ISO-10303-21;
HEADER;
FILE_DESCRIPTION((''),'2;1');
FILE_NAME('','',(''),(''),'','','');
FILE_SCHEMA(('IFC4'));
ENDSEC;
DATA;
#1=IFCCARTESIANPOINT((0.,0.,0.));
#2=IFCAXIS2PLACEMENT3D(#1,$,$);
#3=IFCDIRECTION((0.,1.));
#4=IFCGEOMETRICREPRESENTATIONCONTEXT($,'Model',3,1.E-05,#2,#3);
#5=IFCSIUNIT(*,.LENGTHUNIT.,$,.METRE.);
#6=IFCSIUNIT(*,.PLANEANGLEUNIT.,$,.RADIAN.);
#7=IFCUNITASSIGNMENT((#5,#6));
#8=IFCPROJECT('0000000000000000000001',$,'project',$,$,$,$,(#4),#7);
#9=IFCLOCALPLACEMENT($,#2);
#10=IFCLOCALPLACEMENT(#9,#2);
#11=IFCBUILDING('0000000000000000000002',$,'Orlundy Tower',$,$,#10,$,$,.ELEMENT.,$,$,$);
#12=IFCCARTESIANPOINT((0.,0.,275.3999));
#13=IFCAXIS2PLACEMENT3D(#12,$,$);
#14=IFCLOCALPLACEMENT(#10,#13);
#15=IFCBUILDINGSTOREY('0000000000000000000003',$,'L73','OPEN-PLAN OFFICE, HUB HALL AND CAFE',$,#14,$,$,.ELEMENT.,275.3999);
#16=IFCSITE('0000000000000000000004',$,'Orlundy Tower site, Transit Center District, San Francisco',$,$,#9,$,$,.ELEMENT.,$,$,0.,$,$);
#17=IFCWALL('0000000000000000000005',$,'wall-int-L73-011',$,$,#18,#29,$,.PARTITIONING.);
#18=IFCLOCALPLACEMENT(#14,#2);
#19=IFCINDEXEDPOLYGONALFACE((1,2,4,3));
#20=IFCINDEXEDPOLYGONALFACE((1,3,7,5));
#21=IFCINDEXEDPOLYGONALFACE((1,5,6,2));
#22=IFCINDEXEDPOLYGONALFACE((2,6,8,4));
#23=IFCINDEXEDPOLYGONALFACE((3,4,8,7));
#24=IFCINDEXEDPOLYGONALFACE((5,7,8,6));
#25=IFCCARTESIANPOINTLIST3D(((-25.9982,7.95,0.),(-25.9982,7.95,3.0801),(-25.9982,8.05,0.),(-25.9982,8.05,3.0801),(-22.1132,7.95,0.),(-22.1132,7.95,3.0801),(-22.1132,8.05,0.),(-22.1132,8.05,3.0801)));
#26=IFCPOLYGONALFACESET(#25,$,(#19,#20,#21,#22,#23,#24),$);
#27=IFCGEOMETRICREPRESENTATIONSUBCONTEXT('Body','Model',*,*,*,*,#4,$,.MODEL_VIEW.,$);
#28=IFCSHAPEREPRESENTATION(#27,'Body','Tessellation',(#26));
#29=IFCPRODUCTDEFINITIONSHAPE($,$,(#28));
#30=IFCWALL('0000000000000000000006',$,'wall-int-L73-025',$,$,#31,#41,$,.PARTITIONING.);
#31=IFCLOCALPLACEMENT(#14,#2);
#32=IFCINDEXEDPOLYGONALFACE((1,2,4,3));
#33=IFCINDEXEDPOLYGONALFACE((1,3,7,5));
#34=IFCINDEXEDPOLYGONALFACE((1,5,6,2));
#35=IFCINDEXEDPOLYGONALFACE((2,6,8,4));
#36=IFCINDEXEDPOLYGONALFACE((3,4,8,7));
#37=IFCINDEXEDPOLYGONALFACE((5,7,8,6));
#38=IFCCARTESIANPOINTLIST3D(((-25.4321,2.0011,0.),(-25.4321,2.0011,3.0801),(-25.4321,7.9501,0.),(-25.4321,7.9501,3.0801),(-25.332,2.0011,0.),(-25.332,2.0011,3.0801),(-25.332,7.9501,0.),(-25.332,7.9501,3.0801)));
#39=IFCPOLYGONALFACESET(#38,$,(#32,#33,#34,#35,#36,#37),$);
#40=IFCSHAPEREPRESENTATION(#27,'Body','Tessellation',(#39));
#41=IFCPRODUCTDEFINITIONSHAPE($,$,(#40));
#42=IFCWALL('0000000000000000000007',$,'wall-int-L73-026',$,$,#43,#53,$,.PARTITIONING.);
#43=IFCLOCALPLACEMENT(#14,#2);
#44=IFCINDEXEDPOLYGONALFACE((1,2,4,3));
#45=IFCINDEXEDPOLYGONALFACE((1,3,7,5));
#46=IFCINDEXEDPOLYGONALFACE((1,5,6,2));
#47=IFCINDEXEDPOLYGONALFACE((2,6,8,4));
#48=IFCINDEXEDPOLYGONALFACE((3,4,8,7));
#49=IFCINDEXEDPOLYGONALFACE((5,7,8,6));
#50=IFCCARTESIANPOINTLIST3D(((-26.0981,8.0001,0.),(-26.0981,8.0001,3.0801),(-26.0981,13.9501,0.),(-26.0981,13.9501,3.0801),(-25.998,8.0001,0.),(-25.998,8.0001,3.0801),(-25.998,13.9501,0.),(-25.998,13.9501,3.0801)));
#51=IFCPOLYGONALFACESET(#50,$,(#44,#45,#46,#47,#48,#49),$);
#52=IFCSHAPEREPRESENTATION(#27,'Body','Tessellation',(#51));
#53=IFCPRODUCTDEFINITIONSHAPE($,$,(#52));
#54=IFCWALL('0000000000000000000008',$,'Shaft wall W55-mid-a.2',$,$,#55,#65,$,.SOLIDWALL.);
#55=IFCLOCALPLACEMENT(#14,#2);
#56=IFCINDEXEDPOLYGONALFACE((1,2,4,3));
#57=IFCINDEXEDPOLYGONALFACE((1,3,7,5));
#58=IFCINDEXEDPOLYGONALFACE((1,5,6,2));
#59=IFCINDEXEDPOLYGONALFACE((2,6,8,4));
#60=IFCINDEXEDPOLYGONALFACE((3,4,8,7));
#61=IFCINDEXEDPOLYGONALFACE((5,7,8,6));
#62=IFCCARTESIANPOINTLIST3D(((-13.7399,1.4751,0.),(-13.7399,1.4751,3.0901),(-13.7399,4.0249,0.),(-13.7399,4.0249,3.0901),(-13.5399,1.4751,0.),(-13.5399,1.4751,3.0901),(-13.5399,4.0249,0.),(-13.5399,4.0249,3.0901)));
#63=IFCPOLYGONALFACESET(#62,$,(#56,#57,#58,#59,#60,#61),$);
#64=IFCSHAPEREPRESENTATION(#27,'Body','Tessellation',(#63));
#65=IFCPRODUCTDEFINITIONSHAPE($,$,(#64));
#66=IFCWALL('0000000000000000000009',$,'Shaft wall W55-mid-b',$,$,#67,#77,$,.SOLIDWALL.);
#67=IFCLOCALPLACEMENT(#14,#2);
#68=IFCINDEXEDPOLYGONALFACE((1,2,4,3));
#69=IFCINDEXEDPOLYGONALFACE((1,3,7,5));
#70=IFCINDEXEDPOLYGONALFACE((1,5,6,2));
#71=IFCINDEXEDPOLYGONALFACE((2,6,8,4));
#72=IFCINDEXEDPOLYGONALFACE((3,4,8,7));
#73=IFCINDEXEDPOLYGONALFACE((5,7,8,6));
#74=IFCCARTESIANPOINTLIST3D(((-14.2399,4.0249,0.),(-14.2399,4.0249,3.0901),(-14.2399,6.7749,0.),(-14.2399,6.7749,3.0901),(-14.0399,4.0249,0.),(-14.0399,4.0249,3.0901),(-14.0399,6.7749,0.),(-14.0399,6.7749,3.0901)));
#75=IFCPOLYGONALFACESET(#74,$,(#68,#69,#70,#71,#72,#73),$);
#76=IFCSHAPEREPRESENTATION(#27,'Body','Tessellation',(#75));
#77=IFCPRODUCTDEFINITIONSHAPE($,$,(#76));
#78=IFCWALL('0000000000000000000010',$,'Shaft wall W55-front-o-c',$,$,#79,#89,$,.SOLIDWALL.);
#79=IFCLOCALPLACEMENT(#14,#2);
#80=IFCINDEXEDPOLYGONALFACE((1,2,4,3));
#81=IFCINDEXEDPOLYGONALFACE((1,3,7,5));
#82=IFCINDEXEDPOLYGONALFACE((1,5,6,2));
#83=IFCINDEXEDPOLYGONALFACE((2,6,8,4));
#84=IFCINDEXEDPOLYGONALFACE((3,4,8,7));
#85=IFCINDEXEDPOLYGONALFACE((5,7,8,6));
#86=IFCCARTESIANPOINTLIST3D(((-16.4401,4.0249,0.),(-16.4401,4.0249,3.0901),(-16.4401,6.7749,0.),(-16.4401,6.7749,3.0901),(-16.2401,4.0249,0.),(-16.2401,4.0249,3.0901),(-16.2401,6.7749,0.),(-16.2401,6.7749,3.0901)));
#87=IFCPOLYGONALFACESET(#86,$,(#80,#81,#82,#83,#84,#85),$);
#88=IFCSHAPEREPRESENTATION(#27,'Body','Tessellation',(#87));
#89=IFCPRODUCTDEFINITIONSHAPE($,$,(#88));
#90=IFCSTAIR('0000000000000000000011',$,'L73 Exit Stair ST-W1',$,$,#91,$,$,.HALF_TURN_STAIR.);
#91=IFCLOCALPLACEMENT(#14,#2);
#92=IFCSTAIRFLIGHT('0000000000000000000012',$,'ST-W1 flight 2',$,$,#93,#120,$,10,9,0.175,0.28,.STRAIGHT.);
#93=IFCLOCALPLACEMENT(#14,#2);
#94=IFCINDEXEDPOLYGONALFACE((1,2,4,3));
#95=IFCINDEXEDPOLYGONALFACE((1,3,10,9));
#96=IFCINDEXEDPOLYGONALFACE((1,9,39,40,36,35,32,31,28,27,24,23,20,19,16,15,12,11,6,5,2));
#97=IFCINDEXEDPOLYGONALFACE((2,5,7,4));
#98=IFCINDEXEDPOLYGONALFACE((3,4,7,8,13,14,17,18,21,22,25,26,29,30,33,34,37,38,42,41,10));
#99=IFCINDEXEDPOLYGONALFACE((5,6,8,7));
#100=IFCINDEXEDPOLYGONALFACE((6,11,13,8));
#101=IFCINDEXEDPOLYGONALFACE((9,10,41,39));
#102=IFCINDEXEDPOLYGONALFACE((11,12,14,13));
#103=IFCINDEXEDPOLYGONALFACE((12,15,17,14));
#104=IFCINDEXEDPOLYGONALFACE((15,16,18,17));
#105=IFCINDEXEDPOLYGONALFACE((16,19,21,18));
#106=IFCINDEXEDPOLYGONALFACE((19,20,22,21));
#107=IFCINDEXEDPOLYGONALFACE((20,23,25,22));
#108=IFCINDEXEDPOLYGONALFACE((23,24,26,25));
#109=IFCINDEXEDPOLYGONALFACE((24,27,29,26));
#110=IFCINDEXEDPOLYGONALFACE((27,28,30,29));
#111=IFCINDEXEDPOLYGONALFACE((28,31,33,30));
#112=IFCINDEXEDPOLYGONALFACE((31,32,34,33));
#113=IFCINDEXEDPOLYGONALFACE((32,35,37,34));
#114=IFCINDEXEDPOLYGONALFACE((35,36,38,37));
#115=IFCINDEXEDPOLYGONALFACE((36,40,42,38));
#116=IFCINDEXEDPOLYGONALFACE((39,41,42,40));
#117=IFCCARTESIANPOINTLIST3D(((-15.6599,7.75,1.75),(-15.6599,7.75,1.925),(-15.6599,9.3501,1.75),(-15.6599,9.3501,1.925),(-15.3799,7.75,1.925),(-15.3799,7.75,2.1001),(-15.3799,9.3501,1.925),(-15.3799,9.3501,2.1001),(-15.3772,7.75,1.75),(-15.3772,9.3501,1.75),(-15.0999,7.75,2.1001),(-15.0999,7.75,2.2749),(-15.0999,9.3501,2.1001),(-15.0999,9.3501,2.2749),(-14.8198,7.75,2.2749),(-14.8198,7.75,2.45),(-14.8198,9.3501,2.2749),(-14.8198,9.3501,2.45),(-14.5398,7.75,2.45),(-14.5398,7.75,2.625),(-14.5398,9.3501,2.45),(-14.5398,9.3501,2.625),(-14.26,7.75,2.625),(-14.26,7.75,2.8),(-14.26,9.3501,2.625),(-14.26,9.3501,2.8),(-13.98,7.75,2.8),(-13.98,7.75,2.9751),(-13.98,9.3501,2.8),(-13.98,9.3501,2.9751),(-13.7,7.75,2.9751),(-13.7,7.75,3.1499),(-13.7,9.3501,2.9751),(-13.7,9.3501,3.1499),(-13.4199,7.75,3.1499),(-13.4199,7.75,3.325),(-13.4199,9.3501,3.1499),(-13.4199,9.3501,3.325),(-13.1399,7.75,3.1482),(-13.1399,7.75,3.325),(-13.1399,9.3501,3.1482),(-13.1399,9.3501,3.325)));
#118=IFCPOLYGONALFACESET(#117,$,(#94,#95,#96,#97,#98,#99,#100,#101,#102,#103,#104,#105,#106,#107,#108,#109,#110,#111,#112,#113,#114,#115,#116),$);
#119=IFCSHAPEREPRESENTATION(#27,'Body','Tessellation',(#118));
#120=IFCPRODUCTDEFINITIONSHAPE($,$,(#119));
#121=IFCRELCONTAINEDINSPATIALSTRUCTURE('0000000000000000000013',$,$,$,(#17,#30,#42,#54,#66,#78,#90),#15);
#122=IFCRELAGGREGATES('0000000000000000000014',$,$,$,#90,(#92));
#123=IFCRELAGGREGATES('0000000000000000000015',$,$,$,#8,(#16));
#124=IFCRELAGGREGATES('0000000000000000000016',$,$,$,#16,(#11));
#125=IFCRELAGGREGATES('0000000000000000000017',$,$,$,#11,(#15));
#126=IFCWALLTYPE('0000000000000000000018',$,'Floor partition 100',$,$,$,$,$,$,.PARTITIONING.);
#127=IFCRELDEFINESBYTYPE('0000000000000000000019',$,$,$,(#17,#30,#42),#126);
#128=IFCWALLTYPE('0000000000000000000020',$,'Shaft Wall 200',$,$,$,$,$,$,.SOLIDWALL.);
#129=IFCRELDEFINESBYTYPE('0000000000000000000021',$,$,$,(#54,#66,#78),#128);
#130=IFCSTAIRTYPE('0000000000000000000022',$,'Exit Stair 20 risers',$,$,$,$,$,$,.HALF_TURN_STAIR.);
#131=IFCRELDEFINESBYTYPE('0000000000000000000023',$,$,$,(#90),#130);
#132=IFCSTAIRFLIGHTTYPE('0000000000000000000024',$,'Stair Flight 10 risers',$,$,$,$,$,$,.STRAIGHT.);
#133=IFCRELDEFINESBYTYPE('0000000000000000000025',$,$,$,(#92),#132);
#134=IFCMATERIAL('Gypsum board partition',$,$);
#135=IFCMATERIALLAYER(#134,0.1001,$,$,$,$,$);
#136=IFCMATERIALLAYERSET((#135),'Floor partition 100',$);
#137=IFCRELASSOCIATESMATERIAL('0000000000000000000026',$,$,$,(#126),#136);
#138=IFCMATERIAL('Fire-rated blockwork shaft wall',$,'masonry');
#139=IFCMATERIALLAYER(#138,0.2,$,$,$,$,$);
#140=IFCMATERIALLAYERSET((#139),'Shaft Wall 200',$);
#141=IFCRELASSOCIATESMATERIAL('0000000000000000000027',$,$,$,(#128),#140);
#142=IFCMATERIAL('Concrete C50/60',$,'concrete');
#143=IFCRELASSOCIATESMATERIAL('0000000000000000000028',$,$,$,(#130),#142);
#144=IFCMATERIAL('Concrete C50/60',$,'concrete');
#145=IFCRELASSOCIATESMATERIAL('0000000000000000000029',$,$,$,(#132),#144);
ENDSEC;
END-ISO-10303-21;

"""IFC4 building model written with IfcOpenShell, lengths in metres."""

from ifc_helpers import new_model, si_unit, direction, frame, frame_2d, origin, place, context, subcontext, project, spatial, polyline, rectangle, outline, extrude, material, layer, layer_set, type_object, element, aggregate, save


model = new_model("IFC4")

# Units and contexts
model_context = context("Model", 3, precision=1e-05, world=origin(), true_north=direction((0.0, 1.0)))
body_context = subcontext(model_context, "Body", "Model", "MODEL_VIEW")
ifc_project = project(units=[si_unit("LENGTHUNIT", "METRE"), si_unit("PLANEANGLEUNIT", "RADIAN")], contexts=[model_context])

# Site, building, storey
site_placement = place(None, origin())
site = spatial("IfcSite", under=ifc_project, at=site_placement, Name="Orlundy Tower site, Transit Center District, San Francisco", CompositionType="ELEMENT", RefElevation=0.0)
building_placement = place(site_placement, origin())
building = spatial("IfcBuilding", under=site, at=building_placement, Name="Orlundy Tower", CompositionType="ELEMENT")
storey_placement = place(building_placement, frame((0.0, 0.0, 275.3999)))
storey = spatial("IfcBuildingStorey", under=building, at=storey_placement, Name="L73", Description="OPEN-PLAN OFFICE, HUB HALL AND CAFE", CompositionType="ELEMENT", Elevation=275.3999)

# Walls
ifc_material_1 = material(Name="Gypsum board partition")
ifc_layer_1 = layer(ifc_material_1, 0.1001)
ifc_layer_set_1 = layer_set([ifc_layer_1], Name="Floor partition 100")
wall_type_1 = type_object("IfcWallType", Name="Floor partition 100", PredefinedType="PARTITIONING", material=ifc_layer_set_1)
wall_1_placement = place(storey_placement, frame((-25.998, 8.0, 0.0), z_axis=(0.0, 0.0, 1.0), x_axis=(1.0, 0.0, 0.0)))
element("IfcWall", 1, at=wall_1_placement, inside=storey, type_object=wall_type_1, Name="wall-int-L73-011", PredefinedType="PARTITIONING", context=body_context, shape_type="SweptSolid", body=[
    extrude(rectangle(XDim=3.885, YDim=0.1001, at=frame_2d((1.9424, 0.0))), origin(), (0.0, 0.0, 1.0), 3.0801),
])
wall_2_placement = place(storey_placement, frame((-25.3821, 2.001, 0.0), z_axis=(0.0, 0.0, 1.0), x_axis=(0.0, 1.0, 0.0)))
element("IfcWall", 2, at=wall_2_placement, inside=storey, type_object=wall_type_1, Name="wall-int-L73-025", PredefinedType="PARTITIONING", context=body_context, shape_type="SweptSolid", body=[
    extrude(rectangle(XDim=5.949, YDim=0.1001, at=frame_2d((2.9746, 0.0))), origin(), (0.0, 0.0, 1.0), 3.0801),
])
wall_3_placement = place(storey_placement, frame((-26.0481, 8.0, 0.0), z_axis=(0.0, 0.0, 1.0), x_axis=(0.0, 1.0, 0.0)))
element("IfcWall", 3, at=wall_3_placement, inside=storey, type_object=wall_type_1, Name="wall-int-L73-026", PredefinedType="PARTITIONING", context=body_context, shape_type="SweptSolid", body=[
    extrude(rectangle(XDim=5.95, YDim=0.1001, at=frame_2d((2.9751, 0.0))), origin(), (0.0, 0.0, 1.0), 3.0801),
])
ifc_material_2 = material(Name="Fire-rated blockwork shaft wall", Category="masonry")
ifc_layer_2 = layer(ifc_material_2, 0.2)
ifc_layer_set_2 = layer_set([ifc_layer_2], Name="Shaft Wall 200")
wall_type_2 = type_object("IfcWallType", Name="Shaft Wall 200", PredefinedType="SOLIDWALL", material=ifc_layer_set_2)
wall_4_placement = place(storey_placement, frame((-13.6399, 1.4751, 0.0), z_axis=(0.0, 0.0, 1.0), x_axis=(0.0, 1.0, 0.0)))
element("IfcWall", 4, at=wall_4_placement, inside=storey, type_object=wall_type_2, Name="Shaft wall W55-mid-a.2", PredefinedType="SOLIDWALL", context=body_context, shape_type="SweptSolid", body=[
    extrude(rectangle(XDim=2.5498, YDim=0.2, at=frame_2d((1.2749, 0.0))), origin(), (0.0, 0.0, 1.0), 3.0901),
])
for number, where, z_axis, x_axis, name in (
    (5, (-14.1399, 4.0249, 0.0), (0.0, 0.0, 1.0), (0.0, 1.0, 0.0), "Shaft wall W55-mid-b"),
    (6, (-16.3401, 4.0249, 0.0), (0.0, 0.0, 1.0), (0.0, 1.0, 0.0), "Shaft wall W55-front-o-c"),
):
    element("IfcWall", number, at=place(storey_placement, frame(where, z_axis=z_axis, x_axis=x_axis)), inside=storey, type_object=wall_type_2, Name=name, PredefinedType="SOLIDWALL", context=body_context, shape_type="SweptSolid", body=[
        extrude(rectangle(XDim=2.75, YDim=0.2, at=frame_2d((1.375, 0.0))), origin(), (0.0, 0.0, 1.0), 3.0901),
    ])

# Stair, stair flight
ifc_material_3 = material(Name="Concrete C50/60", Category="concrete")
stair_type = type_object("IfcStairType", Name="Exit Stair 20 risers", PredefinedType="HALF_TURN_STAIR", material=ifc_material_3)
stair_placement = place(storey_placement, origin())
stair = element("IfcStair", 7, at=stair_placement, inside=storey, type_object=stair_type, Name="L73 Exit Stair ST-W1", PredefinedType="HALF_TURN_STAIR")
ifc_material_4 = material(Name="Concrete C50/60", Category="concrete")
stair_flight_type = type_object("IfcStairFlightType", Name="Stair Flight 10 risers", PredefinedType="STRAIGHT", material=ifc_material_4)
stair_flight_placement = place(storey_placement, frame((-15.6599, 8.55, 1.75), z_axis=(0.0, 0.0, 1.0), x_axis=(1.0, 0.0, 0.0)))
stair_flight = element("IfcStairFlight", 8, at=stair_flight_placement, type_object=stair_flight_type, Name="ST-W1 flight 2", NumberOfRisers=10, NumberOfTreads=9, PredefinedType="STRAIGHT", RiserHeight=0.175, TreadLength=0.28, context=body_context, shape_type="SweptSolid", body=[
    extrude(outline(polyline([(0.0, 0.0), (0.0, 0.175), (0.28, 0.175), (0.28, 0.3501), (0.5601, 0.3501), (0.5601, 0.5249), (0.8401, 0.5249), (0.8401, 0.7), (1.1201, 0.7), (1.1201, 0.875), (1.3999, 0.875), (1.3999, 1.05), (1.6799, 1.05), (1.6799, 1.2251), (1.96, 1.2251), (1.96, 1.3999), (2.24, 1.3999), (2.24, 1.575), (2.52, 1.575), (2.52, 1.75), (2.52, 1.3982), (0.2827, 0.0), (0.0, 0.0)])), frame((0.0, 0.8, 0.0), z_axis=(0.0, -1.0, 0.0), x_axis=(1.0, 0.0, 0.0)), (0.0, 0.0, 1.0), 1.6001),
])
aggregate(stair, [stair_flight])

save(model, "model.ifc")
